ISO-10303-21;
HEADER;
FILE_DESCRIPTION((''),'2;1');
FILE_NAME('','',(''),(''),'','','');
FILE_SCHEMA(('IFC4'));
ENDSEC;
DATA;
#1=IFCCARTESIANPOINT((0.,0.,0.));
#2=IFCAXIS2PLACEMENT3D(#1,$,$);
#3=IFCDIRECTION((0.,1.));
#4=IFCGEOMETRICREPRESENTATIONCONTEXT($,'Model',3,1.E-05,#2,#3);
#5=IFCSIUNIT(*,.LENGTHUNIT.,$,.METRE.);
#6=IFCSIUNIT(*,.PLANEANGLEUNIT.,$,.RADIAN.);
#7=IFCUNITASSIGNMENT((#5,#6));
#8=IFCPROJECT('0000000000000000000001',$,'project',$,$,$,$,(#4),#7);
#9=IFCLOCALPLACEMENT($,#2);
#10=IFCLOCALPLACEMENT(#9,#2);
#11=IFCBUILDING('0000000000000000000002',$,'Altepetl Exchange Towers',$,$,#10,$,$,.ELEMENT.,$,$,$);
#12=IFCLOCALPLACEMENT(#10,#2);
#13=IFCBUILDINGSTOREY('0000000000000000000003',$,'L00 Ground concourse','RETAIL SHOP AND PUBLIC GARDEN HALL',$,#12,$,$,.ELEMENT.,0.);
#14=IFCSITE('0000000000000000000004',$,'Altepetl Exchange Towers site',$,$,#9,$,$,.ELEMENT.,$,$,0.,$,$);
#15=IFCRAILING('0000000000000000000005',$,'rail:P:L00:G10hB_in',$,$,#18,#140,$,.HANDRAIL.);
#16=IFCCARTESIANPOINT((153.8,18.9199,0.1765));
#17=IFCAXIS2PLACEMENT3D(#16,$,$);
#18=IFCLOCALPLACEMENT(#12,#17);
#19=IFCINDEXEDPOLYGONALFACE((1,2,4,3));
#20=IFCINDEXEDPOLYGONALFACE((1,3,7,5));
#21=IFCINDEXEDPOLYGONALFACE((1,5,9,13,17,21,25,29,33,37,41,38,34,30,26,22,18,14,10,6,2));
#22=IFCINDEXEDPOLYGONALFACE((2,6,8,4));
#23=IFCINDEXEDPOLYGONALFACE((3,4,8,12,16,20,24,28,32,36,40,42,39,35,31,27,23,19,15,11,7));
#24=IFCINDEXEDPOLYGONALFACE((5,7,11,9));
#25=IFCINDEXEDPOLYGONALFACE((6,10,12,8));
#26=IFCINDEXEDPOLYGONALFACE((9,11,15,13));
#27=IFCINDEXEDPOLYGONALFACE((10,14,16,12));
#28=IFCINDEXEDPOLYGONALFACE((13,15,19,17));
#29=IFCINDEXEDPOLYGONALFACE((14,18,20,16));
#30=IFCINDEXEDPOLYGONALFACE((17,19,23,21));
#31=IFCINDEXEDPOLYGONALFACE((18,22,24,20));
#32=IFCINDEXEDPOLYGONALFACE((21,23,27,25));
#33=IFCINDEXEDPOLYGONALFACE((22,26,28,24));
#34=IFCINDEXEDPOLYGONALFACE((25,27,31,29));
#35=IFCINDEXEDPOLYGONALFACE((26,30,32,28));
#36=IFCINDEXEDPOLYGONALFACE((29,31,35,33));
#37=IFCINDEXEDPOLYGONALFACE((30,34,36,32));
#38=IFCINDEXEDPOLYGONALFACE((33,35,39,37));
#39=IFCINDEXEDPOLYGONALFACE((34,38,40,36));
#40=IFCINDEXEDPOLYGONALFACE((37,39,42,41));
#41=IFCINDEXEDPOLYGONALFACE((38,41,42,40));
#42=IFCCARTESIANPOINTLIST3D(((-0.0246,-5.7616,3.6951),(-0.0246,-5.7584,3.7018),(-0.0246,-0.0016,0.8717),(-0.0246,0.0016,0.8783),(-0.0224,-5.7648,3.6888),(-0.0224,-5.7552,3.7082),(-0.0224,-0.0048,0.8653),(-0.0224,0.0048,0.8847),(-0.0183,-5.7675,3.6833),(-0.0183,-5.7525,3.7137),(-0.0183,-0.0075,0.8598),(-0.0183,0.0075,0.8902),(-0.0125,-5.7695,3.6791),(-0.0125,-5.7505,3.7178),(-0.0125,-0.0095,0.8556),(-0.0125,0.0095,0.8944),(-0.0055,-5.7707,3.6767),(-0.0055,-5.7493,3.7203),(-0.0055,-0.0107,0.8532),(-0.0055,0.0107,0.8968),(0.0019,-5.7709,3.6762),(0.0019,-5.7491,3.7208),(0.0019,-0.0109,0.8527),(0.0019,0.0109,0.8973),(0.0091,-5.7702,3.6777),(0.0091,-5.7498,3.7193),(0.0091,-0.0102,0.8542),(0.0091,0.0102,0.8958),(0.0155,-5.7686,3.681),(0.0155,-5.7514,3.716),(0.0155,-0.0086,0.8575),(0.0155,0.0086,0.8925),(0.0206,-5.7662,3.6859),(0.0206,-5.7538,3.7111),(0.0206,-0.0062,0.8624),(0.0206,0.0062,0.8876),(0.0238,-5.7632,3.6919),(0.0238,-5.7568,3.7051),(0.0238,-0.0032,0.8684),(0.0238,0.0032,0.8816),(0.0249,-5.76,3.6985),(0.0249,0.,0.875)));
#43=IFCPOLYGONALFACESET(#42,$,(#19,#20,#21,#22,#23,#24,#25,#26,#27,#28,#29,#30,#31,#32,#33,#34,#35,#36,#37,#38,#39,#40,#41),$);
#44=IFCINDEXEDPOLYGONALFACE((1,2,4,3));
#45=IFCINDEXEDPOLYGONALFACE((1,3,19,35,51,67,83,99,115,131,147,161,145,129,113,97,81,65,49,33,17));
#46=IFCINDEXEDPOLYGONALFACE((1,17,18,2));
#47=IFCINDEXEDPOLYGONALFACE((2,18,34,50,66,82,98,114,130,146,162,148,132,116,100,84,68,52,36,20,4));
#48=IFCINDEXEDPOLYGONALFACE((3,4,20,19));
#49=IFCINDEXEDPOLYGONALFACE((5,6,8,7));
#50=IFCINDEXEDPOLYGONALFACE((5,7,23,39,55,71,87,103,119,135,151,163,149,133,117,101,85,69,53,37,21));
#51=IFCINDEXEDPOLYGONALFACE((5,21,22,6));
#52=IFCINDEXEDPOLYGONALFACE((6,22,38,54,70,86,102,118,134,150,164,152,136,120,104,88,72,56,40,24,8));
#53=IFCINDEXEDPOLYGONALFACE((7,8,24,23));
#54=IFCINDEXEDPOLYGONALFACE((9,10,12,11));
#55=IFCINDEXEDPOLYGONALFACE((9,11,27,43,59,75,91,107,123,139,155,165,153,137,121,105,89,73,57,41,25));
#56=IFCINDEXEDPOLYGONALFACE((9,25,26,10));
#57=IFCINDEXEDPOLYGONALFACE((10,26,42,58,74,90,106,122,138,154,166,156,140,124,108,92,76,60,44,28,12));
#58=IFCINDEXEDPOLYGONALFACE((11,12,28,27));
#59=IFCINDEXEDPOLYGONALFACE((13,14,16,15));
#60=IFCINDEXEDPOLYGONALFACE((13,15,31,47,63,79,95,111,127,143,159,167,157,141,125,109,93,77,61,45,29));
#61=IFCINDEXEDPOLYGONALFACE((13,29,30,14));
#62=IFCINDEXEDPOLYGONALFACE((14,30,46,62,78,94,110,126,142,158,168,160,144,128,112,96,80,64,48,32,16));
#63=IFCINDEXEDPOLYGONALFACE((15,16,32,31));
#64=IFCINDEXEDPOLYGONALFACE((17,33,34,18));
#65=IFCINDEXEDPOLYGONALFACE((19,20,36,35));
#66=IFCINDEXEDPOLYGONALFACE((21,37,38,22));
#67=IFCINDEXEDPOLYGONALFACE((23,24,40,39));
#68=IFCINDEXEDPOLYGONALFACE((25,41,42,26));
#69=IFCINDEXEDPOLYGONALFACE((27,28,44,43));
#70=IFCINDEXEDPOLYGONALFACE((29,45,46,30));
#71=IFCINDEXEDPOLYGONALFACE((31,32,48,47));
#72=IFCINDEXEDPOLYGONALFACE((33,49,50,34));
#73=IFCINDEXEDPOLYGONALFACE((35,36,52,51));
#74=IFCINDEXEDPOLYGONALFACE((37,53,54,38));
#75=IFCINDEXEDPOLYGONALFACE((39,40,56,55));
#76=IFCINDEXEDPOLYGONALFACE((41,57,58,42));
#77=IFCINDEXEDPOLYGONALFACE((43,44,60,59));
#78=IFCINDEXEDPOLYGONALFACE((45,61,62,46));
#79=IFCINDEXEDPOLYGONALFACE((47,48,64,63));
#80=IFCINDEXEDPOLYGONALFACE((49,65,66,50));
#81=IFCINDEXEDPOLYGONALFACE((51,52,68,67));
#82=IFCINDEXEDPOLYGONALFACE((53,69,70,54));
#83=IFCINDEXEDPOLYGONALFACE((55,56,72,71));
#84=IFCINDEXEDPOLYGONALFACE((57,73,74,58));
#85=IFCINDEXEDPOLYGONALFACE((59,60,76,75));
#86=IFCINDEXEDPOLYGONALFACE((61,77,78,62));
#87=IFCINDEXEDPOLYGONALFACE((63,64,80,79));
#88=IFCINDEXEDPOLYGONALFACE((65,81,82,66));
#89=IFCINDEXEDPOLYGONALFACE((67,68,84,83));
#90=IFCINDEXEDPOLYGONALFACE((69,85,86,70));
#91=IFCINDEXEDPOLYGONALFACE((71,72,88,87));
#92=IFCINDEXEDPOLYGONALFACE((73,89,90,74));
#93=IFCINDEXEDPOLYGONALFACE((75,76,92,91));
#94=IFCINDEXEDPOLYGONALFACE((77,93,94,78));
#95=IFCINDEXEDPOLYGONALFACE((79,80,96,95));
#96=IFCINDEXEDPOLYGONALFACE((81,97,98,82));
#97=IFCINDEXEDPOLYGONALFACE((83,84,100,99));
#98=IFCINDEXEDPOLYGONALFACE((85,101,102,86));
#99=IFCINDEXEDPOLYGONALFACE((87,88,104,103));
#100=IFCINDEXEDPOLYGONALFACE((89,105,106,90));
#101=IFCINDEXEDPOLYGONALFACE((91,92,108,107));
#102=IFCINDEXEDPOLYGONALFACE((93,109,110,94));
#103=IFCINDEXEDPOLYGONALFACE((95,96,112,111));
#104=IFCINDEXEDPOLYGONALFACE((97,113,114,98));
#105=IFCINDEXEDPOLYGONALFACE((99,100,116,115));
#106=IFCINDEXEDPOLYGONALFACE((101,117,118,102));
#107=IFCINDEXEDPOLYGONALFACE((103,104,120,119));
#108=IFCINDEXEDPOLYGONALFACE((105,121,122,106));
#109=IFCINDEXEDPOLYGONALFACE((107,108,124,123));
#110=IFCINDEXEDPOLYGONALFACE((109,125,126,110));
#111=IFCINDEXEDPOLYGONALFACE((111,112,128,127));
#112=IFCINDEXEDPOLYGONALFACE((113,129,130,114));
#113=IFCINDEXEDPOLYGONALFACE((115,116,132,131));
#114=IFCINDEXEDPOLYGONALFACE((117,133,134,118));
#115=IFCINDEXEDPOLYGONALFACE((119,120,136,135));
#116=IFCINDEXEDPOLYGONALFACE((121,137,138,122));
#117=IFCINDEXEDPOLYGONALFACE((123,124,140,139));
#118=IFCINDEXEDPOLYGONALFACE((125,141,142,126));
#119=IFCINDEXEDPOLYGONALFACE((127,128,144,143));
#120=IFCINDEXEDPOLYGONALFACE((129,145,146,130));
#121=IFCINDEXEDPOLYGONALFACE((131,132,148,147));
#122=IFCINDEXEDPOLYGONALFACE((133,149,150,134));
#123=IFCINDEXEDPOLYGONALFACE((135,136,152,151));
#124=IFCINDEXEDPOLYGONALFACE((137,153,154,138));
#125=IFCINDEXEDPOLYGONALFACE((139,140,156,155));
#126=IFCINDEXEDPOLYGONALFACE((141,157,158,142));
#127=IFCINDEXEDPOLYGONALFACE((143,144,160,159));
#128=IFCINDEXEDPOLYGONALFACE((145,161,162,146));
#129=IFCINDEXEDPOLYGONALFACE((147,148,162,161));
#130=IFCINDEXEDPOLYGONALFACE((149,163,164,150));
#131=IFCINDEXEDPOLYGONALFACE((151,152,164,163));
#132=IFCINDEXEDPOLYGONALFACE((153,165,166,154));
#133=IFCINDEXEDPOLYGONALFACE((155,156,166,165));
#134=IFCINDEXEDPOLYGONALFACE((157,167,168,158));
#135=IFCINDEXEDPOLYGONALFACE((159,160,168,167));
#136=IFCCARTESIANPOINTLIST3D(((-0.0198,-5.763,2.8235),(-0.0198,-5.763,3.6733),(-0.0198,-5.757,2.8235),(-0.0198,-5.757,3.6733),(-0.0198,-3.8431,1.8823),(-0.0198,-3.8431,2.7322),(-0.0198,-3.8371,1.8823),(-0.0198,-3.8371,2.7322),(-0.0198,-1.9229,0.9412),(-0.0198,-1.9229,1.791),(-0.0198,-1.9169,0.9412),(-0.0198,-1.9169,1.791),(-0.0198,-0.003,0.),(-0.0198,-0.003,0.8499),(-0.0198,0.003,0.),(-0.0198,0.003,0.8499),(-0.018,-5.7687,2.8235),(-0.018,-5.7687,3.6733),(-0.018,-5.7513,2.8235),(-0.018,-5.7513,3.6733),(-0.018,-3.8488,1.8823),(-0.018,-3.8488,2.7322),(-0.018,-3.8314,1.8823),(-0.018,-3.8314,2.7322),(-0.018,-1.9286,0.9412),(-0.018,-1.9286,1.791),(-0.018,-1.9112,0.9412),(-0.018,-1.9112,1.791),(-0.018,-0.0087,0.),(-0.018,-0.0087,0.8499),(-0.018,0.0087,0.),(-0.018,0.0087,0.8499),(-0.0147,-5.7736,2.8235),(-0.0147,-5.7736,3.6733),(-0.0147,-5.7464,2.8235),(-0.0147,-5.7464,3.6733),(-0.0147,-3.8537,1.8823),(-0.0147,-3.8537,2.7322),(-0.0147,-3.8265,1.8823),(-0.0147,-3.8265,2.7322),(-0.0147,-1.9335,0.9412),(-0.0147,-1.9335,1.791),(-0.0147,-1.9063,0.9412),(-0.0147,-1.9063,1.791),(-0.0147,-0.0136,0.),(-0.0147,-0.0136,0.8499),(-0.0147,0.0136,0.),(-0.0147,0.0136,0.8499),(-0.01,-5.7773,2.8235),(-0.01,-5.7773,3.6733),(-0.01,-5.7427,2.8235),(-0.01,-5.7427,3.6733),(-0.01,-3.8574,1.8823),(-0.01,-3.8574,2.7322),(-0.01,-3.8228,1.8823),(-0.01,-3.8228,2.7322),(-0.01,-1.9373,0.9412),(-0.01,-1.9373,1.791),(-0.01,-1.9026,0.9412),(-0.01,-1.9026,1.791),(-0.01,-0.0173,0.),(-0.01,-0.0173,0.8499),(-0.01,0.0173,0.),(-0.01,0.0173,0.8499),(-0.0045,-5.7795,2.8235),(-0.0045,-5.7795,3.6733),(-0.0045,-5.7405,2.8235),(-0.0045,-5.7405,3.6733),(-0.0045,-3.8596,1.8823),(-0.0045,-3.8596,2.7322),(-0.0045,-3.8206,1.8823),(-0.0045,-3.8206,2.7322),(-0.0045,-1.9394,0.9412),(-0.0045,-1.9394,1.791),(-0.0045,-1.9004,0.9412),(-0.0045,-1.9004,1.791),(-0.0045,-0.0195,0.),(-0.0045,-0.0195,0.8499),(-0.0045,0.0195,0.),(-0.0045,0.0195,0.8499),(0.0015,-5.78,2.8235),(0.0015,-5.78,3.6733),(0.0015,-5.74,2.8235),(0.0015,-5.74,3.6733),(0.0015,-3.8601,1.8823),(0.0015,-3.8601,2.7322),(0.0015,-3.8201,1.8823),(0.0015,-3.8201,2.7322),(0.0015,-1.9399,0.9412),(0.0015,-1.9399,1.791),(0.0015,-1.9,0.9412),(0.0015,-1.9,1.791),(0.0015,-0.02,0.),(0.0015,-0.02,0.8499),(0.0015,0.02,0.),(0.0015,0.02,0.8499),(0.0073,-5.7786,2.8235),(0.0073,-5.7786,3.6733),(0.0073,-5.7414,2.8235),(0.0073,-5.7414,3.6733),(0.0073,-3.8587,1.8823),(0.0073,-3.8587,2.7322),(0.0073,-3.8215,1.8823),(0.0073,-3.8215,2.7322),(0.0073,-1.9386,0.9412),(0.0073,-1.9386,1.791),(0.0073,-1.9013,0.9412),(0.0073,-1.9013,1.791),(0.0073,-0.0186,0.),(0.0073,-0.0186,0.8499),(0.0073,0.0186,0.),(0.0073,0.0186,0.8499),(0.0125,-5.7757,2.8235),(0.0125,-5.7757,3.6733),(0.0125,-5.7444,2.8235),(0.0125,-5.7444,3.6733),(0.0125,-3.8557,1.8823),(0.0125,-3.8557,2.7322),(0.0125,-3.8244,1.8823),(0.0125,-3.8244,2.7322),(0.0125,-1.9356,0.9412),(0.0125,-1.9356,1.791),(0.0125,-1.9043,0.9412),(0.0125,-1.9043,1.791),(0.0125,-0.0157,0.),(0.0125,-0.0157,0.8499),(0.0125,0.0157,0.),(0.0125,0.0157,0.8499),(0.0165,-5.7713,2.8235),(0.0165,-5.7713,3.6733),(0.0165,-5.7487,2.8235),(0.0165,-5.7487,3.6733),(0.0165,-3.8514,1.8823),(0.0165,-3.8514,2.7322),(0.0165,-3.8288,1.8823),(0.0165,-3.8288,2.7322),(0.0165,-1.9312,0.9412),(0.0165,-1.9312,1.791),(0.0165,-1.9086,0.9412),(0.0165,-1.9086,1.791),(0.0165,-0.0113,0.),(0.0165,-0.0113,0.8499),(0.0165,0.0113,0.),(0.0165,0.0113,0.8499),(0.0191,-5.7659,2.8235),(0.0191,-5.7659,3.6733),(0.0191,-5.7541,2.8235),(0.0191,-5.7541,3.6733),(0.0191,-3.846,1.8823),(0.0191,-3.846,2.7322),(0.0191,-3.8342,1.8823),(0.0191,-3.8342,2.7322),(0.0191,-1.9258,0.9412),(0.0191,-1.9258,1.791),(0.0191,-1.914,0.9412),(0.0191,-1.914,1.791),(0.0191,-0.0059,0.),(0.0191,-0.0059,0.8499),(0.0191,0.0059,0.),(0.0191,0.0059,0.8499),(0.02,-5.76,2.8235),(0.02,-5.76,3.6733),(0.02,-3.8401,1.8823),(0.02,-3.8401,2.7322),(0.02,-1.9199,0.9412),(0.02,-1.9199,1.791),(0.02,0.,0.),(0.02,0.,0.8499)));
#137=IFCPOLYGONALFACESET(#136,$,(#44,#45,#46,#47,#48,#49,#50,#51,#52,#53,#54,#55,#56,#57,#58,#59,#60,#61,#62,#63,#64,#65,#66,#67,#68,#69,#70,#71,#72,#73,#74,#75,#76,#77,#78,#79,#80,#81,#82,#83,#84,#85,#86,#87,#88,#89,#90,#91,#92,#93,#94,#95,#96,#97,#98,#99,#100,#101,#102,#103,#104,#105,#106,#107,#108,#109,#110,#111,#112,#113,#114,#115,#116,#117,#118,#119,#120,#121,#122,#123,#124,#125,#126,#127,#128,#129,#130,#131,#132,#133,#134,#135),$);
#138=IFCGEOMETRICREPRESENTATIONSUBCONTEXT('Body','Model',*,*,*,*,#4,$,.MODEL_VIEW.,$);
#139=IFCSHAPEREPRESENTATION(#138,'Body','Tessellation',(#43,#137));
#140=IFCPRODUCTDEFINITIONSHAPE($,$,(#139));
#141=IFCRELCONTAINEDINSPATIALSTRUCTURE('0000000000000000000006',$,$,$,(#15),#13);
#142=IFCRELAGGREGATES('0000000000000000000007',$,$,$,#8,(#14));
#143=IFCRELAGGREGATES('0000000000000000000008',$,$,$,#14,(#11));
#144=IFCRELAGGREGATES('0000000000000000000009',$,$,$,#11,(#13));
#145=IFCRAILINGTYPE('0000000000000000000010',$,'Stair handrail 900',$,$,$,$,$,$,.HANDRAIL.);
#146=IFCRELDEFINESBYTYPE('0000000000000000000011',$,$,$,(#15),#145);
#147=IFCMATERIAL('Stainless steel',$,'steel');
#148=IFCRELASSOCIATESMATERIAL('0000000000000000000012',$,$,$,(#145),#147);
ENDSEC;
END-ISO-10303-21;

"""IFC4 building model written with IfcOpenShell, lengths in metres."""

from ifc_helpers import new_model, si_unit, direction, frame, origin, origin_2d, place, context, subcontext, project, spatial, circle, extrude, source, transform, mapped, material, type_object, element, save


model = new_model("IFC4")

# Units and contexts
model_context = context("Model", 3, precision=1e-05, world=origin(), true_north=direction((0.0, 1.0)))
body_context = subcontext(model_context, "Body", "Model", "MODEL_VIEW")
ifc_project = project(units=[si_unit("LENGTHUNIT", "METRE"), si_unit("PLANEANGLEUNIT", "RADIAN")], contexts=[model_context])

# Site, building, storey
site_placement = place(None, origin())
site = spatial("IfcSite", under=ifc_project, at=site_placement, Name="Altepetl Exchange Towers site", CompositionType="ELEMENT", RefElevation=0.0)
building_placement = place(site_placement, origin())
building = spatial("IfcBuilding", under=site, at=building_placement, Name="Altepetl Exchange Towers", CompositionType="ELEMENT")
storey_placement = place(building_placement, origin())
storey = spatial("IfcBuildingStorey", under=building, at=storey_placement, Name="L00 Ground concourse", Description="RETAIL SHOP AND PUBLIC GARDEN HALL", CompositionType="ELEMENT", Elevation=0.0)

# Railing
ifc_material_1 = material(Name="Stainless steel", Category="steel")
railing_type_1 = type_object("IfcRailingType", Name="Stair handrail 900", PredefinedType="HANDRAIL", material=ifc_material_1)
shared_shape_1 = source(origin(), body_context, "Body", "SweptSolid", [
    extrude(circle(Radius=0.02, at=origin_2d()), origin(), (0.0, 0.0, 1.0), 0.8499),
])
for number, where, name in (
    (1, (153.8, 18.9199, 0.1765), "rail:P:L00:G10hB_in"),
):
    element("IfcRailing", number, at=place(storey_placement, frame(where)), inside=storey, type_object=railing_type_1, Name=name, PredefinedType="HANDRAIL", context=body_context, shape_type="SweptSolid", body=[
        extrude(circle(Radius=0.0249, at=origin_2d()), frame((0.0, 0.0, 0.875), z_axis=(0.0, -0.897924, 0.440151), x_axis=(1.0, 0.0, 0.0)), (0.0, 0.0, 1.0), 6.4148),
        mapped(shared_shape_1, transform((0.0, 0.0, 0.0))),
        mapped(shared_shape_1, transform((0.0, -1.9199, 0.9412))),
        mapped(shared_shape_1, transform((0.0, -3.8401, 1.8823))),
        mapped(shared_shape_1, transform((0.0, -5.76, 2.8235))),
    ])

save(model, "model.ifc")
